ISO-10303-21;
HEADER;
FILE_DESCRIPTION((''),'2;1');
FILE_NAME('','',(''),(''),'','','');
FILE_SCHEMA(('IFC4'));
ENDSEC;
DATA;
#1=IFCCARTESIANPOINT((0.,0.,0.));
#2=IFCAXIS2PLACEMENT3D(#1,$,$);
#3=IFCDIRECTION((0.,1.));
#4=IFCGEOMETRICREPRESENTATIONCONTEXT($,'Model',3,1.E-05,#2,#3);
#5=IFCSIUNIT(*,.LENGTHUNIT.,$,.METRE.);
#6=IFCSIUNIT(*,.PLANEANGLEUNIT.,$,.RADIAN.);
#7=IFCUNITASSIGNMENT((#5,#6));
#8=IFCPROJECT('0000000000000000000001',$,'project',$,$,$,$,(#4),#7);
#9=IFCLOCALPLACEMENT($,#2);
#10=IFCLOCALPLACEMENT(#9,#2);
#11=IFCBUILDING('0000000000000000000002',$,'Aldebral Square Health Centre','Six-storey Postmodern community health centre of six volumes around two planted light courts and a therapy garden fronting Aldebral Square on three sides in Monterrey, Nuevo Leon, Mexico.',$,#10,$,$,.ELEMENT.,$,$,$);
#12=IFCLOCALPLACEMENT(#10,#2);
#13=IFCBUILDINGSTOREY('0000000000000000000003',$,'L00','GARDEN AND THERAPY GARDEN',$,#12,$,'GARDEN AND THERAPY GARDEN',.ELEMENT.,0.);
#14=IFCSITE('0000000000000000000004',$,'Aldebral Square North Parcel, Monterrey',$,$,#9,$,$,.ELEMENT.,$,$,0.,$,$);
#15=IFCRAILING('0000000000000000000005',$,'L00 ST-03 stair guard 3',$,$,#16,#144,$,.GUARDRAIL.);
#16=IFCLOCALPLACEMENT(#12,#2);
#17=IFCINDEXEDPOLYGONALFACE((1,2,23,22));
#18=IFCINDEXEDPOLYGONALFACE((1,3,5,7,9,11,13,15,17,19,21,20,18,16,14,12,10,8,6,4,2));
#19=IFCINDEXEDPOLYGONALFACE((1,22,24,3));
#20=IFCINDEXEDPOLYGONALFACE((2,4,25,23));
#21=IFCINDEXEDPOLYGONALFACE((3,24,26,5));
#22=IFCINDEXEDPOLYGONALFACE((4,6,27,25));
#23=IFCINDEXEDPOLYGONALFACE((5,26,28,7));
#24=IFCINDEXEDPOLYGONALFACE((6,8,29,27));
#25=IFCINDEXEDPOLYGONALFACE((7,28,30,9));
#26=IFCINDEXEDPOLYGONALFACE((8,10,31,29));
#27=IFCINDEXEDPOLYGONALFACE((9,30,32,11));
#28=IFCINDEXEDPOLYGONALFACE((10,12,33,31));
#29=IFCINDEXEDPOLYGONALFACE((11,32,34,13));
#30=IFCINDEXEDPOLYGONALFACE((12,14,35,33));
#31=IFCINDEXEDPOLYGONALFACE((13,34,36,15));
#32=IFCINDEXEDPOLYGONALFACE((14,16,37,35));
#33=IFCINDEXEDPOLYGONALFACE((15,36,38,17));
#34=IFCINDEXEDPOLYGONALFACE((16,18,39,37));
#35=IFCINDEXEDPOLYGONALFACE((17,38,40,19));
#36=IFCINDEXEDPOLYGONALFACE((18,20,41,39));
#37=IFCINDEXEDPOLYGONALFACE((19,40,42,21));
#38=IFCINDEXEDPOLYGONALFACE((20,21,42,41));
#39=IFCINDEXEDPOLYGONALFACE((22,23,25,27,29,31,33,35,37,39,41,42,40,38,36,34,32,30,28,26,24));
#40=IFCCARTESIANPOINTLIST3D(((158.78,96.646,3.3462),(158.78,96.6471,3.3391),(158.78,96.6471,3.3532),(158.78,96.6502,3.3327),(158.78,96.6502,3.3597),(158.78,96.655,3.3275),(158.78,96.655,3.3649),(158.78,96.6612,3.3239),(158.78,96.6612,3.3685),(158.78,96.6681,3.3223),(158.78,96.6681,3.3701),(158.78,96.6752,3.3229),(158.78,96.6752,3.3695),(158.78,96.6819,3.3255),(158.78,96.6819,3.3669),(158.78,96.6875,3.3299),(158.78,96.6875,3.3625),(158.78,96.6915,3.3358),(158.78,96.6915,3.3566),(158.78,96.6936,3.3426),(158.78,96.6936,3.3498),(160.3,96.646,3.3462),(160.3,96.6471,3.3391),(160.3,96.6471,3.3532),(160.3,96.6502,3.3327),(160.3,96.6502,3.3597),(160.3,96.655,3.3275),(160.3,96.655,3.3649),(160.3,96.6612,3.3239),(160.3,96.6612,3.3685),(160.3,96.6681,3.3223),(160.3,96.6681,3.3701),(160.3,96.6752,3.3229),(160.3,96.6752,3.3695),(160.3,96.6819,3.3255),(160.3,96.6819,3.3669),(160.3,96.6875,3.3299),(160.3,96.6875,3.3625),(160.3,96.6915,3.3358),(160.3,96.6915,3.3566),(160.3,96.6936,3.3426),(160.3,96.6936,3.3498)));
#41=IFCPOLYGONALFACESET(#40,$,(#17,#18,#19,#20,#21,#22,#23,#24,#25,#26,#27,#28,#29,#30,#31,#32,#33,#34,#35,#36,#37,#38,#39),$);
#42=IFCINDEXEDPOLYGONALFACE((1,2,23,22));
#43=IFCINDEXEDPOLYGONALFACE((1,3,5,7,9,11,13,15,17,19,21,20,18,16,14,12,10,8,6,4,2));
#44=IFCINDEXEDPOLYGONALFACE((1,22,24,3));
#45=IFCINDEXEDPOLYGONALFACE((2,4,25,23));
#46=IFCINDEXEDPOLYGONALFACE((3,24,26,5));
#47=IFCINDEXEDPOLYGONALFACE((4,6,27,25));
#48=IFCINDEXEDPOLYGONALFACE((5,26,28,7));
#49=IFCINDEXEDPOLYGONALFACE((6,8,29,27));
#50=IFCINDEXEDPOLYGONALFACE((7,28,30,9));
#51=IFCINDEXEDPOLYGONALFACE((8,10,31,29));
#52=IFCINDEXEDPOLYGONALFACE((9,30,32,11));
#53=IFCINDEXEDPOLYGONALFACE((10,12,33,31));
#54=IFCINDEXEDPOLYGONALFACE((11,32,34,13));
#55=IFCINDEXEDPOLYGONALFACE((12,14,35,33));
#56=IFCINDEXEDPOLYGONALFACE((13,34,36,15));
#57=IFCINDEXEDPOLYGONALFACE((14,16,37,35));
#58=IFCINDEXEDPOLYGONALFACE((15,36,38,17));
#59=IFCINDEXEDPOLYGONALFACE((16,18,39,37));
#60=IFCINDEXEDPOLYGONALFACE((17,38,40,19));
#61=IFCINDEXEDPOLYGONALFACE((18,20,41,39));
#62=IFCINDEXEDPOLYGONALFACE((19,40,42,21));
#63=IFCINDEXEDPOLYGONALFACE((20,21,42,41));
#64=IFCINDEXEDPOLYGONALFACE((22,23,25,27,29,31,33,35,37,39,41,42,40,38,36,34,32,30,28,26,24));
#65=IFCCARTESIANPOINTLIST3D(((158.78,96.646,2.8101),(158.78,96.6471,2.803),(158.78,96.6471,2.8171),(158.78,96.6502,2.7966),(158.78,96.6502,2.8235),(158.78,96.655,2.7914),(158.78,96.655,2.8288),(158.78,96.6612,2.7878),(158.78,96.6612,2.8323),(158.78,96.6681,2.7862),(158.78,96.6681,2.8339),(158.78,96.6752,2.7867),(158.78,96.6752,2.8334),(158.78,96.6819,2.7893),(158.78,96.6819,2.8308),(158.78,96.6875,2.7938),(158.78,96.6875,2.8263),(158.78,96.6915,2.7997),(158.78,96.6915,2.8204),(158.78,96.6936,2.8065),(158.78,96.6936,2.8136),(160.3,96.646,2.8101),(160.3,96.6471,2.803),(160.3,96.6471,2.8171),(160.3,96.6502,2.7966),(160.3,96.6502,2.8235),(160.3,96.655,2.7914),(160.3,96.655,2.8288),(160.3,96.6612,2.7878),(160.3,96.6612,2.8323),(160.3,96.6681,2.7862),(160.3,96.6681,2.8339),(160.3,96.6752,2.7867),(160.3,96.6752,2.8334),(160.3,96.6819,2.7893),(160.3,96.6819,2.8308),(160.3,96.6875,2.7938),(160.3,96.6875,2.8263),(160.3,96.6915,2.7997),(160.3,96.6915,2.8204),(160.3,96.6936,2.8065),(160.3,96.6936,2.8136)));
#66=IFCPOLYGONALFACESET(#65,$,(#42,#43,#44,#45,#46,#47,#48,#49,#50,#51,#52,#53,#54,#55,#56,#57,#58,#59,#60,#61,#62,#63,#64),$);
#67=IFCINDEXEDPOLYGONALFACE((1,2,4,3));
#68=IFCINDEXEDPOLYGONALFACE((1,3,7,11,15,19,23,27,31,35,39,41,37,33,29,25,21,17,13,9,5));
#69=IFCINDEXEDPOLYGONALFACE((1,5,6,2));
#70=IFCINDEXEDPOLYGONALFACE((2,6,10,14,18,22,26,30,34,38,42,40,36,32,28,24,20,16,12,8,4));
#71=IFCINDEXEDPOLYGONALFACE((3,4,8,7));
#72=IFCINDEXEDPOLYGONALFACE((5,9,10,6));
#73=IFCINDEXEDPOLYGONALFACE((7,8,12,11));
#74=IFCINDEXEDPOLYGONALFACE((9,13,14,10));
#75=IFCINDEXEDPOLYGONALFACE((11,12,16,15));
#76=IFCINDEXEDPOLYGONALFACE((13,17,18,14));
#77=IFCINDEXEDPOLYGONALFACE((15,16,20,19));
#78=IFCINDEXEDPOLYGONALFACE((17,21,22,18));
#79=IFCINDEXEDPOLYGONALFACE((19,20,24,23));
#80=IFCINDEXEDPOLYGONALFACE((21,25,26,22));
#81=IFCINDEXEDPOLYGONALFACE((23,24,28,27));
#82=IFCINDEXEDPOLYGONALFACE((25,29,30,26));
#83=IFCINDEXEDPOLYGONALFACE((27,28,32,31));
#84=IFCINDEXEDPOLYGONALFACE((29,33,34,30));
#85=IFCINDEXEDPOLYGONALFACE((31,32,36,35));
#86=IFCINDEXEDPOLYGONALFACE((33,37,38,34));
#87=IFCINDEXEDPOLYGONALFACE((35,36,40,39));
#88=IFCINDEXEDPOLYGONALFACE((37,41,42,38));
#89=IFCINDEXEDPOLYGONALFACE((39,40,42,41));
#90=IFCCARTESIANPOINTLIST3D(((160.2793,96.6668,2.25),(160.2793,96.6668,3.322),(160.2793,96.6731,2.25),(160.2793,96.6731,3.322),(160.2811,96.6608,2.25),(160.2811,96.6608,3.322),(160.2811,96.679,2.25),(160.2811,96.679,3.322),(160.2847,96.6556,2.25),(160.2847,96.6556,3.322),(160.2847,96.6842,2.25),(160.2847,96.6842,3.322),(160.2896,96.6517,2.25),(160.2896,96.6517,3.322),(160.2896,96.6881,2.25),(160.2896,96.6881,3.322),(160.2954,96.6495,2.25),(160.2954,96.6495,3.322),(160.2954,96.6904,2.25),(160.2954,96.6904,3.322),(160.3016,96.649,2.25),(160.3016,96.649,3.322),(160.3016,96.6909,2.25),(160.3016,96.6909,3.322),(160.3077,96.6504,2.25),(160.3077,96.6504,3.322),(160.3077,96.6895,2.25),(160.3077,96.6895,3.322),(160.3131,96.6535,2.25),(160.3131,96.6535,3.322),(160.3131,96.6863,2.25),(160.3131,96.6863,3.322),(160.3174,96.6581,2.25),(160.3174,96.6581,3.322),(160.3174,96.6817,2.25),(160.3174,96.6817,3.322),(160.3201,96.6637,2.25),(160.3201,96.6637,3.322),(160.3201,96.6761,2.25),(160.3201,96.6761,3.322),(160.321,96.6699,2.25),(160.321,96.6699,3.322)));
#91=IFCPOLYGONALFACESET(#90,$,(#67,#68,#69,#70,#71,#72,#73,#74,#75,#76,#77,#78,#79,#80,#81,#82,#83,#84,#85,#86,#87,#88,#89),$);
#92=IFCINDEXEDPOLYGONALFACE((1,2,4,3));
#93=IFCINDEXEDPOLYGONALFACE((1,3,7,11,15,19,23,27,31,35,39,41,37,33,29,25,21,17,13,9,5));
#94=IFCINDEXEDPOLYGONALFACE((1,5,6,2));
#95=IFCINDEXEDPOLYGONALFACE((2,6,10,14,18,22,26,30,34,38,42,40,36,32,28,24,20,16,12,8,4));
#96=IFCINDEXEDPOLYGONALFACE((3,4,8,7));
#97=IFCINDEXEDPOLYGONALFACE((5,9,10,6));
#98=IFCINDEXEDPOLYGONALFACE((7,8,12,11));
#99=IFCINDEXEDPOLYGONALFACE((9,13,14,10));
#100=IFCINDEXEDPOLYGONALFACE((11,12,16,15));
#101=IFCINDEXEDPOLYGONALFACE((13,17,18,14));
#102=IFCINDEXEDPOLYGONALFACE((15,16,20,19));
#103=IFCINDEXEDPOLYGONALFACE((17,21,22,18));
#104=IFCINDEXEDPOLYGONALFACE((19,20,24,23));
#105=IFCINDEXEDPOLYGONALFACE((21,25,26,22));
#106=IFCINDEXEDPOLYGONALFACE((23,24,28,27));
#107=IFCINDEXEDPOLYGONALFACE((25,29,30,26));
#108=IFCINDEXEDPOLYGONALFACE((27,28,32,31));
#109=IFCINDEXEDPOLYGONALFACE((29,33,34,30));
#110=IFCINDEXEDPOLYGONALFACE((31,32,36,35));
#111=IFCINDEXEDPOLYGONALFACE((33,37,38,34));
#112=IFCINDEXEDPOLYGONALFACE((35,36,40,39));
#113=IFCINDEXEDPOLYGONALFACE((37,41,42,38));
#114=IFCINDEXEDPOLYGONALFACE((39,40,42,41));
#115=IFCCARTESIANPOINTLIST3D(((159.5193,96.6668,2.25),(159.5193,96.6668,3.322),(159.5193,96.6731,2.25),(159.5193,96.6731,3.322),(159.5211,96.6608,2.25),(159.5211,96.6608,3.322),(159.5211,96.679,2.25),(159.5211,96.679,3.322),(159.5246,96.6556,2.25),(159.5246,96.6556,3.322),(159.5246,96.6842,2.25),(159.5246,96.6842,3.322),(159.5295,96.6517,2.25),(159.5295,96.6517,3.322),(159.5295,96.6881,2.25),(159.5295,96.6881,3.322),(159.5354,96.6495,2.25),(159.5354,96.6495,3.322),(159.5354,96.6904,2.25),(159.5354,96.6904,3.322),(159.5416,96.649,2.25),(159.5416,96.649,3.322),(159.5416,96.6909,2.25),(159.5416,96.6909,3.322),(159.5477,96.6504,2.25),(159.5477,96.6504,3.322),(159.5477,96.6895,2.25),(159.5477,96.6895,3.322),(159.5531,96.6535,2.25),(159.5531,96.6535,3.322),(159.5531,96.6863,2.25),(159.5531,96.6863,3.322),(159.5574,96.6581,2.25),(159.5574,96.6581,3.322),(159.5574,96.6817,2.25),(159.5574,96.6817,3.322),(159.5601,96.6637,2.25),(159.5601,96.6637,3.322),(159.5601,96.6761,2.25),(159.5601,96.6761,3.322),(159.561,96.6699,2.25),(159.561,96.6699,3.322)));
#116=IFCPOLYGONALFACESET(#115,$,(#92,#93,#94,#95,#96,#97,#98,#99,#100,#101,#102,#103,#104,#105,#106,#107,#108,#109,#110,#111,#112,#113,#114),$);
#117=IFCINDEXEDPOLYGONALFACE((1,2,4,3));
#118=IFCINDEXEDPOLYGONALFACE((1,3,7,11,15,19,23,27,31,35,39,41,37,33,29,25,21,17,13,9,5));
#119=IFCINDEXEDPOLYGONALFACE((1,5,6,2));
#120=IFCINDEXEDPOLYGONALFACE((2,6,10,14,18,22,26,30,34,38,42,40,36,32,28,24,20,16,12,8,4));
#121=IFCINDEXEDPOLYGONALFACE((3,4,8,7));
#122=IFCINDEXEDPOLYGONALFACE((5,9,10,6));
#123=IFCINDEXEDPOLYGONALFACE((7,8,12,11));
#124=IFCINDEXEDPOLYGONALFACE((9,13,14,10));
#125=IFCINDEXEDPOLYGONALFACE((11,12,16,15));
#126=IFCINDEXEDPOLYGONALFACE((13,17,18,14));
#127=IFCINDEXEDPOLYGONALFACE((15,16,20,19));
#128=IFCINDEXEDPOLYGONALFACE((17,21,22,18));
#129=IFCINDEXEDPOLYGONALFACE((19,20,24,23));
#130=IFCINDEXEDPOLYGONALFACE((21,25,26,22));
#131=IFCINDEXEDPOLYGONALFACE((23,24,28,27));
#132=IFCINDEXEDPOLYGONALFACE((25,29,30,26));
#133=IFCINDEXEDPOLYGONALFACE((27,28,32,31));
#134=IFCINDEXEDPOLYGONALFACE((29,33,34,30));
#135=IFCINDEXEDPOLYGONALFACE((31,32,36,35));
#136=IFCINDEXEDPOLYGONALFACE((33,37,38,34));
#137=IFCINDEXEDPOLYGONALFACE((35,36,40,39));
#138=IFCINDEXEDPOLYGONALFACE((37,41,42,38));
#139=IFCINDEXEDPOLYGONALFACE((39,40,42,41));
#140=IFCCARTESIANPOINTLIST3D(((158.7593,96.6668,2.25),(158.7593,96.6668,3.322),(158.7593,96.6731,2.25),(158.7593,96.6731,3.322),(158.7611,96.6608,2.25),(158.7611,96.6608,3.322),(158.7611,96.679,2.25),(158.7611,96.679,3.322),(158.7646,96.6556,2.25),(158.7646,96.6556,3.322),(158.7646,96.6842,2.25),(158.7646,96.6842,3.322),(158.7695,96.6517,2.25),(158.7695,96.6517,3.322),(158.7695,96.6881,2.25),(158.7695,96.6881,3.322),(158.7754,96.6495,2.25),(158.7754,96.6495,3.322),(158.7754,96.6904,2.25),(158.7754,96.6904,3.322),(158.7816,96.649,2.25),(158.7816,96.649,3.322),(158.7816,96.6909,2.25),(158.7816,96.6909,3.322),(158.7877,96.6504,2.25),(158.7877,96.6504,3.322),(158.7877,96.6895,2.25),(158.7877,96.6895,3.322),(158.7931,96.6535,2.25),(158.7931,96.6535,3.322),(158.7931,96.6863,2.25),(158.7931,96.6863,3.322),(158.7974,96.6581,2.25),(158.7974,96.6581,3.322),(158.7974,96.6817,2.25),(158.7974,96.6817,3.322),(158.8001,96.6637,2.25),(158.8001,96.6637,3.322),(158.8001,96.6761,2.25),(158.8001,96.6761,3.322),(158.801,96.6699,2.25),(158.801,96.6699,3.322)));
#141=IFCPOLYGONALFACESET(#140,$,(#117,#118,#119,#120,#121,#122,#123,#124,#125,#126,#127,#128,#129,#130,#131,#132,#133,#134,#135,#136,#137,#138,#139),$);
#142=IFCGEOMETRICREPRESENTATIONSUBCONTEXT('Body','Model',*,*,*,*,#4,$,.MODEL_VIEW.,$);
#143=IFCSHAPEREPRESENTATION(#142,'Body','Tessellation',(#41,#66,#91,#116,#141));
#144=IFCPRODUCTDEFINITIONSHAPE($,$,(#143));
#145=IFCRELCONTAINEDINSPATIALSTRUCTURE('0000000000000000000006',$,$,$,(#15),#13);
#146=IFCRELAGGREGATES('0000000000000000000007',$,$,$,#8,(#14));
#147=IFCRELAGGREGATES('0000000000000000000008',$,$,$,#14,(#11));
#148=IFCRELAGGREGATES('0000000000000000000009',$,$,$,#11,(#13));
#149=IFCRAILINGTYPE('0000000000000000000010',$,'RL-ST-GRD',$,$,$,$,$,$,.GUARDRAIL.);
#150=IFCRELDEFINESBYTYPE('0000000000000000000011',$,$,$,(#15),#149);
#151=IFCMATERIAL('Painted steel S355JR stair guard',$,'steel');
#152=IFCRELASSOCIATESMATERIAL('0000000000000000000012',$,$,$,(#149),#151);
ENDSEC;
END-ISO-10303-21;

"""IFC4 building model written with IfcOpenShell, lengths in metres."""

from ifc_helpers import new_model, si_unit, direction, frame, origin, origin_2d, place, context, subcontext, project, spatial, circle, extrude, material, type_object, element, save


model = new_model("IFC4")

# Units and contexts
model_context = context("Model", 3, precision=1e-05, world=origin(), true_north=direction((0.0, 1.0)))
body_context = subcontext(model_context, "Body", "Model", "MODEL_VIEW")
ifc_project = project(units=[si_unit("LENGTHUNIT", "METRE"), si_unit("PLANEANGLEUNIT", "RADIAN")], contexts=[model_context])

# Site, building, storey
site_placement = place(None, origin())
site = spatial("IfcSite", under=ifc_project, at=site_placement, Name="Aldebral Square North Parcel, Monterrey", CompositionType="ELEMENT", RefElevation=0.0)
building_placement = place(site_placement, origin())
building = spatial("IfcBuilding", under=site, at=building_placement, Name="Aldebral Square Health Centre", Description="Six-storey Postmodern community health centre of six volumes around two planted light courts and a therapy garden fronting Aldebral Square on three sides in Monterrey, Nuevo Leon, Mexico.", CompositionType="ELEMENT")
storey_placement = place(building_placement, origin())
storey = spatial("IfcBuildingStorey", under=building, at=storey_placement, Name="L00", Description="GARDEN AND THERAPY GARDEN", LongName="GARDEN AND THERAPY GARDEN", CompositionType="ELEMENT", Elevation=0.0)

# Railing
ifc_material_1 = material(Name="Painted steel S355JR stair guard", Category="steel")
railing_type_1 = type_object("IfcRailingType", Name="RL-ST-GRD", PredefinedType="GUARDRAIL", material=ifc_material_1)
railing_1_placement = place(storey_placement, frame((160.3, 96.6699, 2.25)))
element("IfcRailing", 1, at=railing_1_placement, inside=storey, type_object=railing_type_1, Name="L00 ST-03 stair guard 3", PredefinedType="GUARDRAIL", context=body_context, shape_type="SweptSolid", body=[
    extrude(circle(Radius=0.0239, at=origin_2d()), frame((0.0, 0.0, 1.0962), z_axis=(-1.0, 0.0, 0.0), x_axis=(0.0, -1.0, 0.0)), (0.0, 0.0, 1.0), 1.52),
    extrude(circle(Radius=0.0239, at=origin_2d()), frame((0.0, 0.0, 0.5601), z_axis=(-1.0, 0.0, 0.0), x_axis=(0.0, -1.0, 0.0)), (0.0, 0.0, 1.0), 1.52),
    extrude(circle(Radius=0.021, at=origin_2d()), origin(), (0.0, 0.0, 1.0), 1.072),
    extrude(circle(Radius=0.021, at=origin_2d()), frame((-0.76, 0.0, 0.0)), (0.0, 0.0, 1.0), 1.072),
    extrude(circle(Radius=0.021, at=origin_2d()), frame((-1.52, 0.0, 0.0)), (0.0, 0.0, 1.0), 1.072),
])

save(model, "model.ifc")
